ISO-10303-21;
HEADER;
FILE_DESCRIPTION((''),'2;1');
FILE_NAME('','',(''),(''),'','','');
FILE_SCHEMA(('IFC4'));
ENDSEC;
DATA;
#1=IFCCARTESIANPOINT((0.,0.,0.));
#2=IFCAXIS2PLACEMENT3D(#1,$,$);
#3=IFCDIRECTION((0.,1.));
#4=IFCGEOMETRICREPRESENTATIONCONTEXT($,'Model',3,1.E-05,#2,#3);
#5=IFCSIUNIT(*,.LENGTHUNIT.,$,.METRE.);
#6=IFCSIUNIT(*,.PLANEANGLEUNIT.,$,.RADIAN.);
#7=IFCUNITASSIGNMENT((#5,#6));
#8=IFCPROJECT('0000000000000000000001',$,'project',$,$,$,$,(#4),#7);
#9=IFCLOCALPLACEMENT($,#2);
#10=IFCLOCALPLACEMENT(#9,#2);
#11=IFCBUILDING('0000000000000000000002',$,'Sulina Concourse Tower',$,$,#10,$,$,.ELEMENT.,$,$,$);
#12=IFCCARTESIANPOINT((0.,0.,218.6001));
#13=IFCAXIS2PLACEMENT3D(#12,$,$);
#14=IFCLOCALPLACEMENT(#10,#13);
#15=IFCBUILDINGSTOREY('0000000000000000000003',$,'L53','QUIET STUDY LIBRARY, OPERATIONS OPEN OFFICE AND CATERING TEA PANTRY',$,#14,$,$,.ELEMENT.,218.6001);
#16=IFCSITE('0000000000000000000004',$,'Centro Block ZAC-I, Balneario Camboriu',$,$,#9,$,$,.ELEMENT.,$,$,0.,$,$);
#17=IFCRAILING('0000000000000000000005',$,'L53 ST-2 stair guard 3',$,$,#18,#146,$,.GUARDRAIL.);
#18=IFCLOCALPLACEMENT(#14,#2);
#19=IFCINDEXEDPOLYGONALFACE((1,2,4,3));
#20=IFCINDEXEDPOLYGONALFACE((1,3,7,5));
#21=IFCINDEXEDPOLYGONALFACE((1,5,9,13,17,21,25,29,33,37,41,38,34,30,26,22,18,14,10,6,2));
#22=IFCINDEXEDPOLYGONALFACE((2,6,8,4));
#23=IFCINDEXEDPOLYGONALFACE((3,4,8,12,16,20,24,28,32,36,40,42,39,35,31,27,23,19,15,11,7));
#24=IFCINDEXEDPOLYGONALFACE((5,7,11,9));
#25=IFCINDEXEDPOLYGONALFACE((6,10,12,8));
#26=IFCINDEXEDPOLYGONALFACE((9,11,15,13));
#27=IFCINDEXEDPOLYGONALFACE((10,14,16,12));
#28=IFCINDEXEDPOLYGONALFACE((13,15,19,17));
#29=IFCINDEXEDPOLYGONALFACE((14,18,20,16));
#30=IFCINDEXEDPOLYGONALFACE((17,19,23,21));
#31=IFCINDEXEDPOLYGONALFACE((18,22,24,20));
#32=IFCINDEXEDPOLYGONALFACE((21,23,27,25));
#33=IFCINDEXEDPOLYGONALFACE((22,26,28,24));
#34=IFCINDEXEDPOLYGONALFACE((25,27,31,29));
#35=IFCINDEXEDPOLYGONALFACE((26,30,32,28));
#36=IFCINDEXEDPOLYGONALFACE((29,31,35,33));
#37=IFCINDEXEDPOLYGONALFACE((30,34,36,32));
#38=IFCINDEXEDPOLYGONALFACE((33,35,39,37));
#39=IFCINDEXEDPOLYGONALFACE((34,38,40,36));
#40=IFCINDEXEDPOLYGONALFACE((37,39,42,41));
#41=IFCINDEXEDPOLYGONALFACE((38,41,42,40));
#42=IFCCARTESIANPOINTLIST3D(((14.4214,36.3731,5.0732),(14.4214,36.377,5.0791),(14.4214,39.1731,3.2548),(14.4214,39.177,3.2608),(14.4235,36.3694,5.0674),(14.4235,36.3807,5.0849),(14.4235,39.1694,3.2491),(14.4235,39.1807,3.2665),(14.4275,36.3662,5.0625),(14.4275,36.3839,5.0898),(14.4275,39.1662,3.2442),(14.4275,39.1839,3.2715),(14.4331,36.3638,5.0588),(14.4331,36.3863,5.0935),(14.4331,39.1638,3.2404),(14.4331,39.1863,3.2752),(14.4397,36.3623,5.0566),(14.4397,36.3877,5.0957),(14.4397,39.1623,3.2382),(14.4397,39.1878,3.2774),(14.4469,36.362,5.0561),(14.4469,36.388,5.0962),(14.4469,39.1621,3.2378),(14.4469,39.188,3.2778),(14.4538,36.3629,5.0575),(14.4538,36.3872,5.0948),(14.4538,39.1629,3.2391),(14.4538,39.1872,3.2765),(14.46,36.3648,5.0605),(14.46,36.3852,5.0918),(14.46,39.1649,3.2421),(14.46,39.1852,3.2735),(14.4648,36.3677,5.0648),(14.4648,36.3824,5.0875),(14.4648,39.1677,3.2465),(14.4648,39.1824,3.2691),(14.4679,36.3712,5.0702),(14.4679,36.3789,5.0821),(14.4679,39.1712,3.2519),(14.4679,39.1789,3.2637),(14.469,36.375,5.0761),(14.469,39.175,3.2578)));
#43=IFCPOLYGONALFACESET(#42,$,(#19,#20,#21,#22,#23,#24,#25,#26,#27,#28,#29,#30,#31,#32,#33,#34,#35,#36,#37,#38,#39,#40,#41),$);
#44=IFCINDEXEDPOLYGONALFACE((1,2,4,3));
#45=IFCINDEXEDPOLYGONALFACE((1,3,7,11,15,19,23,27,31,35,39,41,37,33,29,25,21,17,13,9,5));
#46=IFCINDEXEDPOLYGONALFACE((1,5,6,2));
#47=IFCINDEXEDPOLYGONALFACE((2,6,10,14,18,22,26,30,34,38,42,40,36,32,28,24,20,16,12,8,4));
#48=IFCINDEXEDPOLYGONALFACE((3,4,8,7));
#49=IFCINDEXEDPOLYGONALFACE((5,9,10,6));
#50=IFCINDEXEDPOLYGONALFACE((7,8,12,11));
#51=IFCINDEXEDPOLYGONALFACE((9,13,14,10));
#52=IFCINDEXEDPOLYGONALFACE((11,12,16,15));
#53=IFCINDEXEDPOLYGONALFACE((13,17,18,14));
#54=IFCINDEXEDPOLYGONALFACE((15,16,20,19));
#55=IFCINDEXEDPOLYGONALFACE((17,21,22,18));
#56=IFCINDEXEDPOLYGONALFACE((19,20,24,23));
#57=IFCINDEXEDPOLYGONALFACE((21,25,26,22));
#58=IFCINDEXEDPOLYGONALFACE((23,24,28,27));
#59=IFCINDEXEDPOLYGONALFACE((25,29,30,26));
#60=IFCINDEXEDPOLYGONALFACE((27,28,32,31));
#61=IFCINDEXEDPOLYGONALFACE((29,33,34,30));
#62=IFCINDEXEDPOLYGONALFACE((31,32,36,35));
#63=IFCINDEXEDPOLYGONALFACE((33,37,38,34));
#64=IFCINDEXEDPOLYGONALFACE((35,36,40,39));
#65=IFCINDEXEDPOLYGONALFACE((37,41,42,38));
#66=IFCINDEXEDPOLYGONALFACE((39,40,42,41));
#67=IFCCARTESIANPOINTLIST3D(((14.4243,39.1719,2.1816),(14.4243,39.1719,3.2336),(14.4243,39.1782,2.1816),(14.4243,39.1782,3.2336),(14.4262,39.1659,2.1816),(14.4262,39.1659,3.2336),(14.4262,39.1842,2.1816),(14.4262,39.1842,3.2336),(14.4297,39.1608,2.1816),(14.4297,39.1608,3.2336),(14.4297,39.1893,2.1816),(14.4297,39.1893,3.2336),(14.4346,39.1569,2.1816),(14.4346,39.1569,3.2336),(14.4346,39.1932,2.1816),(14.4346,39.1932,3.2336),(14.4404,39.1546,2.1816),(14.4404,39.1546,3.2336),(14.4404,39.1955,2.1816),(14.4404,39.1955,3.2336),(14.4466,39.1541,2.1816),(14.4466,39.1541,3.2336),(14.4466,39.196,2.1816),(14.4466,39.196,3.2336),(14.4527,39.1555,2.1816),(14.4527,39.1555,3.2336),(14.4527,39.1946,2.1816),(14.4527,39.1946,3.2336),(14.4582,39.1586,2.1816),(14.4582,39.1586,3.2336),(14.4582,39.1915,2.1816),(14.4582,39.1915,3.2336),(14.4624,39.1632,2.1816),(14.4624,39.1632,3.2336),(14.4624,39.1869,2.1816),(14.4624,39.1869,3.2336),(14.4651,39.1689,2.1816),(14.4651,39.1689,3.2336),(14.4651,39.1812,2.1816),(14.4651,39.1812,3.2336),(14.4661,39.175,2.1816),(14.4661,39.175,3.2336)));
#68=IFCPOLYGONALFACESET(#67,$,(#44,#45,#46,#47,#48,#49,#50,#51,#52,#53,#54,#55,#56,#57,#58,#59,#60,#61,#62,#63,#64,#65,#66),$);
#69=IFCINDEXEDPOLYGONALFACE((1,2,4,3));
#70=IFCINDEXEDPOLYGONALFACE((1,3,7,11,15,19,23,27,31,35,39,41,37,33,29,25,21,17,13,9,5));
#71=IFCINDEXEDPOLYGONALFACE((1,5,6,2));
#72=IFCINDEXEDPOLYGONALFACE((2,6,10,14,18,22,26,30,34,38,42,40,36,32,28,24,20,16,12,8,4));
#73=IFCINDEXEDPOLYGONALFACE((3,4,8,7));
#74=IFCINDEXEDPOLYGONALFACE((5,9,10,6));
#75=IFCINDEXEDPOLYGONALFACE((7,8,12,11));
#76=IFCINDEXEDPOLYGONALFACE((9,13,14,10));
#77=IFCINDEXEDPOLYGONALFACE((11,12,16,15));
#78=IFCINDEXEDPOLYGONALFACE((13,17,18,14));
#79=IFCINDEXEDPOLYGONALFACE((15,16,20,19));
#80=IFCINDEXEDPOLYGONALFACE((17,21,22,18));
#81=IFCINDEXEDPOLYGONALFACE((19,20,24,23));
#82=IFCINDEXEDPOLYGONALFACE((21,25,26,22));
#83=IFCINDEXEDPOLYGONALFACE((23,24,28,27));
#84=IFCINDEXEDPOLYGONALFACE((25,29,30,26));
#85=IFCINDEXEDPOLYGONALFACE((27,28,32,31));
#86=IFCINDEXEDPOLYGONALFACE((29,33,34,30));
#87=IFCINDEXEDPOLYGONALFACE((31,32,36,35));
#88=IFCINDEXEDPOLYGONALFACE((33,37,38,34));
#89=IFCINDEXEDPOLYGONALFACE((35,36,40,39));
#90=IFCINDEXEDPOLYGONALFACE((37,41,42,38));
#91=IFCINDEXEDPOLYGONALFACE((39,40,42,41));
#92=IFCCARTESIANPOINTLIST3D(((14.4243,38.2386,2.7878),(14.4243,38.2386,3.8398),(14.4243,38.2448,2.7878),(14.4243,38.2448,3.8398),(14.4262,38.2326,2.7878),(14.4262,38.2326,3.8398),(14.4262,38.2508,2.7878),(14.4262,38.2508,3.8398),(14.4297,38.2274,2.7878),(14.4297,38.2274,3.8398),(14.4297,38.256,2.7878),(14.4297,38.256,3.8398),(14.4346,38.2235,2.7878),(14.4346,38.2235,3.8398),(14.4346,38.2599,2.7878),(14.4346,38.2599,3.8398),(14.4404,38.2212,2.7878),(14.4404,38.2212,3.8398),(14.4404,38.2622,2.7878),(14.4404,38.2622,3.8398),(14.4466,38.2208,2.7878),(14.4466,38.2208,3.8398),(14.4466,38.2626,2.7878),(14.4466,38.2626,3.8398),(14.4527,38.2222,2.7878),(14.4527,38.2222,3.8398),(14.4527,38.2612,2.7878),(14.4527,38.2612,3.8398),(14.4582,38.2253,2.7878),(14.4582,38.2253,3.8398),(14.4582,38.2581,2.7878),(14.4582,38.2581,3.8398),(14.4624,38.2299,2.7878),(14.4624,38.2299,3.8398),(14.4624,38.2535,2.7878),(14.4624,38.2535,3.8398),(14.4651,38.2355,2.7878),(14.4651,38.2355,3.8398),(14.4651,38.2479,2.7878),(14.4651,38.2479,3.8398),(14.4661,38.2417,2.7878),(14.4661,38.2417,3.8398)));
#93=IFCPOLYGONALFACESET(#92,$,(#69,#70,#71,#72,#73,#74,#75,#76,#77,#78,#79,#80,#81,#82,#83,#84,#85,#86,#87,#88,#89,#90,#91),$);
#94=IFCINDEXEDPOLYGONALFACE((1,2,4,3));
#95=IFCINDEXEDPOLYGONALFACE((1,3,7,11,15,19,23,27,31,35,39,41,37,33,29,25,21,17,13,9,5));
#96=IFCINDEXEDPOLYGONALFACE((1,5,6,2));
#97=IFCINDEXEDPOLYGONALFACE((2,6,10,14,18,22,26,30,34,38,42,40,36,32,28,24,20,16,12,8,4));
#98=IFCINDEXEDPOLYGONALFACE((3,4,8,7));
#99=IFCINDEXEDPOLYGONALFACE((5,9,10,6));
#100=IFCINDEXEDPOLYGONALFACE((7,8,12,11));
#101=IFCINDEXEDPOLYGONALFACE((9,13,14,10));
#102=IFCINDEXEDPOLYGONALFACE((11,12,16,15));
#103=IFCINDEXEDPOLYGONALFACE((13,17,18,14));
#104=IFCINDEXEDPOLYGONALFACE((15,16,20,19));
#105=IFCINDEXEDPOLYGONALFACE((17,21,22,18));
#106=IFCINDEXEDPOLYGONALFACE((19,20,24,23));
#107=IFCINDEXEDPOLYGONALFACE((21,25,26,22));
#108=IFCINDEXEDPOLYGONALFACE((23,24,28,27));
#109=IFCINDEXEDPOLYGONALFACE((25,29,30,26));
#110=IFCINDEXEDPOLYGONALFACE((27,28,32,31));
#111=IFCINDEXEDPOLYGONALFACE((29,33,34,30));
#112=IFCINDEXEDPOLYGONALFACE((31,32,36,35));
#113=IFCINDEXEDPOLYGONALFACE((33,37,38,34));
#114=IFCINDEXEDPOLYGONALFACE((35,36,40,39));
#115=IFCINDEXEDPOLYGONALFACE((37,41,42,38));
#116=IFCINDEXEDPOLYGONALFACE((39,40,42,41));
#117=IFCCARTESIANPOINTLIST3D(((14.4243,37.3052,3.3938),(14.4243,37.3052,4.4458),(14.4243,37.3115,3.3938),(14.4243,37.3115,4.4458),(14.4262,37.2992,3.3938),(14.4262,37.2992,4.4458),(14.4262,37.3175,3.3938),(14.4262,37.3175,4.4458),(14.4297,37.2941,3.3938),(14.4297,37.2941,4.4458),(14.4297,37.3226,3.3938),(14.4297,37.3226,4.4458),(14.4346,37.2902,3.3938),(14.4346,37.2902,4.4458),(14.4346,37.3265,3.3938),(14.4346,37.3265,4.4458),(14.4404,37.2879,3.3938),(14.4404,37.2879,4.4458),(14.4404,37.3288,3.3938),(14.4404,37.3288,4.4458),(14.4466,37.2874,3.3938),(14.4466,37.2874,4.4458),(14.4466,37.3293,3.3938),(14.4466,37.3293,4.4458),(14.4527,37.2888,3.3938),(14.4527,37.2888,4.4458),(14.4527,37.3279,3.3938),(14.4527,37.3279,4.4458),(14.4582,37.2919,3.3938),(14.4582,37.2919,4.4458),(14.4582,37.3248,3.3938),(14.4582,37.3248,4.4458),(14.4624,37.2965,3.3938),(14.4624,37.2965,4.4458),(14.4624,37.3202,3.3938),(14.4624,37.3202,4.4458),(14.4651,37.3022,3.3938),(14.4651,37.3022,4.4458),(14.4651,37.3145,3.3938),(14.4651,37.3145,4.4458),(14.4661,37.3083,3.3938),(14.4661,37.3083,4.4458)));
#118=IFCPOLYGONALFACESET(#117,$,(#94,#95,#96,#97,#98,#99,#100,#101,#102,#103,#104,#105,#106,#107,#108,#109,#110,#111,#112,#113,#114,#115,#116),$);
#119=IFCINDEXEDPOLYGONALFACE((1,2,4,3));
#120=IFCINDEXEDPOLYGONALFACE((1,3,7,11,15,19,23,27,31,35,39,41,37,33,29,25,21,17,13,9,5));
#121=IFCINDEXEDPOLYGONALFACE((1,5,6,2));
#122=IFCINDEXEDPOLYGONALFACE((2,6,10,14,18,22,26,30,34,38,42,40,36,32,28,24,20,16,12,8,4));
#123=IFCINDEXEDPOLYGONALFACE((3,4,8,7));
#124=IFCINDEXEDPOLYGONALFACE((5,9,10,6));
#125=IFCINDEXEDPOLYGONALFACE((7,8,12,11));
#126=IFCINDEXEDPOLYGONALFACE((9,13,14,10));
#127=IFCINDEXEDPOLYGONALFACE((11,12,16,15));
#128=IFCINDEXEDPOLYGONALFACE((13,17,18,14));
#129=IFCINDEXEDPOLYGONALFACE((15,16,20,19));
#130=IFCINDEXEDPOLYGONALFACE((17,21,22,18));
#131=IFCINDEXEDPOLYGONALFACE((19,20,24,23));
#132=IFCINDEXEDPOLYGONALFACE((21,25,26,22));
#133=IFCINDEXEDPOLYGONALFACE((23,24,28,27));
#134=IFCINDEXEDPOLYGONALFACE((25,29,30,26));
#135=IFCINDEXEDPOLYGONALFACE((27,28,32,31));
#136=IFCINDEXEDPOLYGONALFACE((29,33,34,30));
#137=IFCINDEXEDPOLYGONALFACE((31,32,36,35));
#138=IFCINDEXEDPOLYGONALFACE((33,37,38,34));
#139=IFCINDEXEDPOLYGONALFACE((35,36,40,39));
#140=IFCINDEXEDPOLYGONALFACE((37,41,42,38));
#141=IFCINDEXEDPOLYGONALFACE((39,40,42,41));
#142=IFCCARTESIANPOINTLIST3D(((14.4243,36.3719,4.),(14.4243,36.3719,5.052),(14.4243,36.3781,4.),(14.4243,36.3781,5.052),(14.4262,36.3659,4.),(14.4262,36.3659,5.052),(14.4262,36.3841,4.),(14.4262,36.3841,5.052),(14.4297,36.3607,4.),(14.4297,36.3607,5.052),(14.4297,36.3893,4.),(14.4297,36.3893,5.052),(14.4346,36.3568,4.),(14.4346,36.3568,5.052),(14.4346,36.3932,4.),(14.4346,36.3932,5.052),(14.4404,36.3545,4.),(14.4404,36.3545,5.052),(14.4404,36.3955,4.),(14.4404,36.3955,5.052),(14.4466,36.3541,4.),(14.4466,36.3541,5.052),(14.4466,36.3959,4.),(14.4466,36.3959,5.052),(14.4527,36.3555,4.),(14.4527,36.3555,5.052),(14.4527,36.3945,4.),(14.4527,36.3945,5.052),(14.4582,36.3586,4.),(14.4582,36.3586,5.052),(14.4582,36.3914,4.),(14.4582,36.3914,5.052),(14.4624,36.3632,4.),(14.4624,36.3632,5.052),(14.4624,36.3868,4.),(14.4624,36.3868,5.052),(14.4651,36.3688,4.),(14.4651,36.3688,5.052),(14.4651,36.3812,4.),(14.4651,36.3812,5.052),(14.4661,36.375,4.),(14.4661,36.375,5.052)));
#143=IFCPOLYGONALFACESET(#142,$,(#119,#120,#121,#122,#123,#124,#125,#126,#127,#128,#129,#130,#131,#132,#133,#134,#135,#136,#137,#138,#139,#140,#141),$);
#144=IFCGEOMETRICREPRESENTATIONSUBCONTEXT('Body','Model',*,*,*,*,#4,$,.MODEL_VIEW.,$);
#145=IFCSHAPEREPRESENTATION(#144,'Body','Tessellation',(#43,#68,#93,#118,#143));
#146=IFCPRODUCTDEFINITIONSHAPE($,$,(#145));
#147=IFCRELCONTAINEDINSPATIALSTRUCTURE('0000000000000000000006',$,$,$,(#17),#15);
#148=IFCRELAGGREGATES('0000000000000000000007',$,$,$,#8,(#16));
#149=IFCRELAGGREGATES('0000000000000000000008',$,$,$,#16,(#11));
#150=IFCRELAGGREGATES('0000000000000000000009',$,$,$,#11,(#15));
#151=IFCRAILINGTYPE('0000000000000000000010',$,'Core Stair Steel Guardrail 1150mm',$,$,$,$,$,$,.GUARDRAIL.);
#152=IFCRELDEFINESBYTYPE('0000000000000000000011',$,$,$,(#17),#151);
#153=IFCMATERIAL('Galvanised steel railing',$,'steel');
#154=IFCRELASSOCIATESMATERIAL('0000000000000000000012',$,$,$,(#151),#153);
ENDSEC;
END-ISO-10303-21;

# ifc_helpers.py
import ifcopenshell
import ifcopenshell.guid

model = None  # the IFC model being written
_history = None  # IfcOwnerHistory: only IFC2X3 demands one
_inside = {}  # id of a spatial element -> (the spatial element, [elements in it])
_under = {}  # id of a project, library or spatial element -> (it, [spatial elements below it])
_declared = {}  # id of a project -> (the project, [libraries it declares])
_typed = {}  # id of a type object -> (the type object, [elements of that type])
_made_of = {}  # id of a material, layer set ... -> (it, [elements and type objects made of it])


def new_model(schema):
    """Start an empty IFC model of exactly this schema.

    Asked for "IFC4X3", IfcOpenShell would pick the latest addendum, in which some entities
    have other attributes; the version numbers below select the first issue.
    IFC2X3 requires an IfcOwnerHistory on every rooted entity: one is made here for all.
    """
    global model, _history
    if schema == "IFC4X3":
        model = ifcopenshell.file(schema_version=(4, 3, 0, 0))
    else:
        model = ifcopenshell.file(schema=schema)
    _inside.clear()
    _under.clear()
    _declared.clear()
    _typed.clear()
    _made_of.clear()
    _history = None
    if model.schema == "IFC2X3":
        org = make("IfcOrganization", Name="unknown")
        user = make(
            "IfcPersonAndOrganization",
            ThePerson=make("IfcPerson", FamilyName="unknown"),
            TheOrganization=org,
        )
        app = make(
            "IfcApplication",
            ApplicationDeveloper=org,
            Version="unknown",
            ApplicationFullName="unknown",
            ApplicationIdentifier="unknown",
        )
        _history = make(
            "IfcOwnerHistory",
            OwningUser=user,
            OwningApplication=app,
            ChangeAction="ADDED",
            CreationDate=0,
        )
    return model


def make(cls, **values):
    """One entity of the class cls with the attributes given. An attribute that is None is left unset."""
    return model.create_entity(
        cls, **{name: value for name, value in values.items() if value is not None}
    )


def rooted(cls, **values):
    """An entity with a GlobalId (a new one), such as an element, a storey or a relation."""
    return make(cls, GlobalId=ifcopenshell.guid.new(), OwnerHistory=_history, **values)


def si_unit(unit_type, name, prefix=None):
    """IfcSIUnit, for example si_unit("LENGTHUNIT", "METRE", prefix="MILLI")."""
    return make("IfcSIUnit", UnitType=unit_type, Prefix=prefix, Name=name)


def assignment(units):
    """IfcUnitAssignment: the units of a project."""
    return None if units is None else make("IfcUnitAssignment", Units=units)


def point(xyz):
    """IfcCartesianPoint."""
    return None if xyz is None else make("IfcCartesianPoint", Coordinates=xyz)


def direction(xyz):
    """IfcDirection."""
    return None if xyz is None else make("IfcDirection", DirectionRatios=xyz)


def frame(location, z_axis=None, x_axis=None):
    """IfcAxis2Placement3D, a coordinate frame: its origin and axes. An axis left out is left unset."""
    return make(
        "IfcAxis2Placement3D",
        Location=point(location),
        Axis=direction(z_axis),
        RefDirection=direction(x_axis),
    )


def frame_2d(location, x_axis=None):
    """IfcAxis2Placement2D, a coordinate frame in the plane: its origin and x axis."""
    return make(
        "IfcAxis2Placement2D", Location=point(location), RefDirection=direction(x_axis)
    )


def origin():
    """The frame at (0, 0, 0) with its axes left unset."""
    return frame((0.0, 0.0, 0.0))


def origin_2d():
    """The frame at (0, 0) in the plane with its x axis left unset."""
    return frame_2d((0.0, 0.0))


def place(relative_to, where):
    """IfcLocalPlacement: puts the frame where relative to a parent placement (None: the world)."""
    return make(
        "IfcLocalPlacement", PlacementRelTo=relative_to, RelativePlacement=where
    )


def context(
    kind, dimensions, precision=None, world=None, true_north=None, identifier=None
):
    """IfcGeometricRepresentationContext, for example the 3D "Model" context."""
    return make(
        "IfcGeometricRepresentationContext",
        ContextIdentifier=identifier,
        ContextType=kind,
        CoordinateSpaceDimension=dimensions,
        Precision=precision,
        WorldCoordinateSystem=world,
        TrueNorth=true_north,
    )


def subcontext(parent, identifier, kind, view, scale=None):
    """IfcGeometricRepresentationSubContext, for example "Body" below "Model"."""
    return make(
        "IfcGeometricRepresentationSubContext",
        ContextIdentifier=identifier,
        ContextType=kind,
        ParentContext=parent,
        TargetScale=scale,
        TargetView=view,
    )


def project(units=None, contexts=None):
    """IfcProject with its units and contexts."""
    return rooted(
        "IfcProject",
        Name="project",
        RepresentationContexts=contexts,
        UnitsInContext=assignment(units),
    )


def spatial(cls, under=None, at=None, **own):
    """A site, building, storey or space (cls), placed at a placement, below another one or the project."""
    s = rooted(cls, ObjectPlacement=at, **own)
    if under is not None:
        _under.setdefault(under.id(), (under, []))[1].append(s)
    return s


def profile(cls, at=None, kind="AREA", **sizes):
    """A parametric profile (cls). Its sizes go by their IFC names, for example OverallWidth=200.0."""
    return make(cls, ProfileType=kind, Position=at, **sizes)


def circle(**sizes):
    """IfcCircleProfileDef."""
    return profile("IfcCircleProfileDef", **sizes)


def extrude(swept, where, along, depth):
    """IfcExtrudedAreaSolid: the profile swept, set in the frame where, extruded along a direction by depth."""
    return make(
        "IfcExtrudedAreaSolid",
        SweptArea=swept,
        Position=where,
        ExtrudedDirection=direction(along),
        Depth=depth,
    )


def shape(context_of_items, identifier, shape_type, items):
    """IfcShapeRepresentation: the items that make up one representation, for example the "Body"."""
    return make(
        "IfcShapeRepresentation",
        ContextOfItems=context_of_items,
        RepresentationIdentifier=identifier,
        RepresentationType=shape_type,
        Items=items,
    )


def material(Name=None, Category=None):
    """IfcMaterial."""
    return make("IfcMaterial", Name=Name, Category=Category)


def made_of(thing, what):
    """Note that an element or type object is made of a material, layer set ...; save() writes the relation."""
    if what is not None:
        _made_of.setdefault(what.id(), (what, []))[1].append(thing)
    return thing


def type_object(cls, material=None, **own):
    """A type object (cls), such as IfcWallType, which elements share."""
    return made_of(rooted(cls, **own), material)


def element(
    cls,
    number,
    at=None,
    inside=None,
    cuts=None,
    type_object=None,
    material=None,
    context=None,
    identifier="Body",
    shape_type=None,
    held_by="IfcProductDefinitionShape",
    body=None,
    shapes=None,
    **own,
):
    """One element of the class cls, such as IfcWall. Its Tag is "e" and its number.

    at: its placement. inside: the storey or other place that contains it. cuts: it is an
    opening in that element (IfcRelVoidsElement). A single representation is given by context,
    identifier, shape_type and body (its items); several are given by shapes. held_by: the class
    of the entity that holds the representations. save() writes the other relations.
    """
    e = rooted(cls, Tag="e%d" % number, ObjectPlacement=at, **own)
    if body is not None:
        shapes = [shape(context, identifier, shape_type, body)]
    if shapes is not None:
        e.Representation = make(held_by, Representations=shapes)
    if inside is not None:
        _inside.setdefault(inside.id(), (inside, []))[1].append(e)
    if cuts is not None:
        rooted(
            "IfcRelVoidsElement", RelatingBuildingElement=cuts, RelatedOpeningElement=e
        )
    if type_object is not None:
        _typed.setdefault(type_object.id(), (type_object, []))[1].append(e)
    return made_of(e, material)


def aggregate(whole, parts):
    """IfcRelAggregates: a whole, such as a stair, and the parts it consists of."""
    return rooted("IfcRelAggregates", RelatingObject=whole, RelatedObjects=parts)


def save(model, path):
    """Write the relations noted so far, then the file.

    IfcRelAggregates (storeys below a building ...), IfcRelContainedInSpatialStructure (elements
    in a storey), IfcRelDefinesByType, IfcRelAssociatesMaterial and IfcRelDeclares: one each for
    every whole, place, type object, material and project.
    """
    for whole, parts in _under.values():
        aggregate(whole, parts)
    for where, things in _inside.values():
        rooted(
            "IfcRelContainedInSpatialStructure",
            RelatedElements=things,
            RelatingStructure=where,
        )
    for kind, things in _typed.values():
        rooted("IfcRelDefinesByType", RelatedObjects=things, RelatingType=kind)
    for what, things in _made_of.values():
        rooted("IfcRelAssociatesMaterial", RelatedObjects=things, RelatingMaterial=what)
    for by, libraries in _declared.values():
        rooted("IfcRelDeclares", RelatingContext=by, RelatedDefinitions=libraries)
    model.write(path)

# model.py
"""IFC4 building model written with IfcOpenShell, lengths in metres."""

from ifc_helpers import new_model, si_unit, direction, frame, origin, origin_2d, place, context, subcontext, project, spatial, circle, extrude, material, type_object, element, save


model = new_model("IFC4")

# Units and contexts
model_context = context("Model", 3, precision=1e-05, world=origin(), true_north=direction((0.0, 1.0)))
body_context = subcontext(model_context, "Body", "Model", "MODEL_VIEW")
ifc_project = project(units=[si_unit("LENGTHUNIT", "METRE"), si_unit("PLANEANGLEUNIT", "RADIAN")], contexts=[model_context])

# Site, building, storey
site_placement = place(None, origin())
site = spatial("IfcSite", under=ifc_project, at=site_placement, Name="Centro Block ZAC-I, Balneario Camboriu", CompositionType="ELEMENT", RefElevation=0.0)
building_placement = place(site_placement, origin())
building = spatial("IfcBuilding", under=site, at=building_placement, Name="Sulina Concourse Tower", CompositionType="ELEMENT")
storey_placement = place(building_placement, frame((0.0, 0.0, 218.6001)))
storey = spatial("IfcBuildingStorey", under=building, at=storey_placement, Name="L53", Description="QUIET STUDY LIBRARY, OPERATIONS OPEN OFFICE AND CATERING TEA PANTRY", CompositionType="ELEMENT", Elevation=218.6001)

# Railing
ifc_material_1 = material(Name="Galvanised steel railing", Category="steel")
railing_type_1 = type_object("IfcRailingType", Name="Core Stair Steel Guardrail 1150mm", PredefinedType="GUARDRAIL", material=ifc_material_1)
railing_1_placement = place(storey_placement, frame((14.4451, 39.175, 2.1816)))
element("IfcRailing", 1, at=railing_1_placement, inside=storey, type_object=railing_type_1, Name="L53 ST-2 stair guard 3", PredefinedType="GUARDRAIL", context=body_context, shape_type="SweptSolid", body=[
    extrude(circle(Radius=0.0239, at=origin_2d()), frame((0.0, 0.0, 1.0762), z_axis=(0.0, -0.838672, 0.544636), x_axis=(1.0, 0.0, 0.0)), (0.0, 0.0, 1.0), 3.3386),
    extrude(circle(Radius=0.021, at=origin_2d()), origin(), (0.0, 0.0, 1.0), 1.052),
    extrude(circle(Radius=0.021, at=origin_2d()), frame((0.0, -0.9333, 0.6062)), (0.0, 0.0, 1.0), 1.052),
    extrude(circle(Radius=0.021, at=origin_2d()), frame((0.0, -1.8667, 1.2122)), (0.0, 0.0, 1.0), 1.052),
    extrude(circle(Radius=0.021, at=origin_2d()), frame((0.0, -2.8, 1.8184)), (0.0, 0.0, 1.0), 1.052),
])

save(model, "model.ifc")
